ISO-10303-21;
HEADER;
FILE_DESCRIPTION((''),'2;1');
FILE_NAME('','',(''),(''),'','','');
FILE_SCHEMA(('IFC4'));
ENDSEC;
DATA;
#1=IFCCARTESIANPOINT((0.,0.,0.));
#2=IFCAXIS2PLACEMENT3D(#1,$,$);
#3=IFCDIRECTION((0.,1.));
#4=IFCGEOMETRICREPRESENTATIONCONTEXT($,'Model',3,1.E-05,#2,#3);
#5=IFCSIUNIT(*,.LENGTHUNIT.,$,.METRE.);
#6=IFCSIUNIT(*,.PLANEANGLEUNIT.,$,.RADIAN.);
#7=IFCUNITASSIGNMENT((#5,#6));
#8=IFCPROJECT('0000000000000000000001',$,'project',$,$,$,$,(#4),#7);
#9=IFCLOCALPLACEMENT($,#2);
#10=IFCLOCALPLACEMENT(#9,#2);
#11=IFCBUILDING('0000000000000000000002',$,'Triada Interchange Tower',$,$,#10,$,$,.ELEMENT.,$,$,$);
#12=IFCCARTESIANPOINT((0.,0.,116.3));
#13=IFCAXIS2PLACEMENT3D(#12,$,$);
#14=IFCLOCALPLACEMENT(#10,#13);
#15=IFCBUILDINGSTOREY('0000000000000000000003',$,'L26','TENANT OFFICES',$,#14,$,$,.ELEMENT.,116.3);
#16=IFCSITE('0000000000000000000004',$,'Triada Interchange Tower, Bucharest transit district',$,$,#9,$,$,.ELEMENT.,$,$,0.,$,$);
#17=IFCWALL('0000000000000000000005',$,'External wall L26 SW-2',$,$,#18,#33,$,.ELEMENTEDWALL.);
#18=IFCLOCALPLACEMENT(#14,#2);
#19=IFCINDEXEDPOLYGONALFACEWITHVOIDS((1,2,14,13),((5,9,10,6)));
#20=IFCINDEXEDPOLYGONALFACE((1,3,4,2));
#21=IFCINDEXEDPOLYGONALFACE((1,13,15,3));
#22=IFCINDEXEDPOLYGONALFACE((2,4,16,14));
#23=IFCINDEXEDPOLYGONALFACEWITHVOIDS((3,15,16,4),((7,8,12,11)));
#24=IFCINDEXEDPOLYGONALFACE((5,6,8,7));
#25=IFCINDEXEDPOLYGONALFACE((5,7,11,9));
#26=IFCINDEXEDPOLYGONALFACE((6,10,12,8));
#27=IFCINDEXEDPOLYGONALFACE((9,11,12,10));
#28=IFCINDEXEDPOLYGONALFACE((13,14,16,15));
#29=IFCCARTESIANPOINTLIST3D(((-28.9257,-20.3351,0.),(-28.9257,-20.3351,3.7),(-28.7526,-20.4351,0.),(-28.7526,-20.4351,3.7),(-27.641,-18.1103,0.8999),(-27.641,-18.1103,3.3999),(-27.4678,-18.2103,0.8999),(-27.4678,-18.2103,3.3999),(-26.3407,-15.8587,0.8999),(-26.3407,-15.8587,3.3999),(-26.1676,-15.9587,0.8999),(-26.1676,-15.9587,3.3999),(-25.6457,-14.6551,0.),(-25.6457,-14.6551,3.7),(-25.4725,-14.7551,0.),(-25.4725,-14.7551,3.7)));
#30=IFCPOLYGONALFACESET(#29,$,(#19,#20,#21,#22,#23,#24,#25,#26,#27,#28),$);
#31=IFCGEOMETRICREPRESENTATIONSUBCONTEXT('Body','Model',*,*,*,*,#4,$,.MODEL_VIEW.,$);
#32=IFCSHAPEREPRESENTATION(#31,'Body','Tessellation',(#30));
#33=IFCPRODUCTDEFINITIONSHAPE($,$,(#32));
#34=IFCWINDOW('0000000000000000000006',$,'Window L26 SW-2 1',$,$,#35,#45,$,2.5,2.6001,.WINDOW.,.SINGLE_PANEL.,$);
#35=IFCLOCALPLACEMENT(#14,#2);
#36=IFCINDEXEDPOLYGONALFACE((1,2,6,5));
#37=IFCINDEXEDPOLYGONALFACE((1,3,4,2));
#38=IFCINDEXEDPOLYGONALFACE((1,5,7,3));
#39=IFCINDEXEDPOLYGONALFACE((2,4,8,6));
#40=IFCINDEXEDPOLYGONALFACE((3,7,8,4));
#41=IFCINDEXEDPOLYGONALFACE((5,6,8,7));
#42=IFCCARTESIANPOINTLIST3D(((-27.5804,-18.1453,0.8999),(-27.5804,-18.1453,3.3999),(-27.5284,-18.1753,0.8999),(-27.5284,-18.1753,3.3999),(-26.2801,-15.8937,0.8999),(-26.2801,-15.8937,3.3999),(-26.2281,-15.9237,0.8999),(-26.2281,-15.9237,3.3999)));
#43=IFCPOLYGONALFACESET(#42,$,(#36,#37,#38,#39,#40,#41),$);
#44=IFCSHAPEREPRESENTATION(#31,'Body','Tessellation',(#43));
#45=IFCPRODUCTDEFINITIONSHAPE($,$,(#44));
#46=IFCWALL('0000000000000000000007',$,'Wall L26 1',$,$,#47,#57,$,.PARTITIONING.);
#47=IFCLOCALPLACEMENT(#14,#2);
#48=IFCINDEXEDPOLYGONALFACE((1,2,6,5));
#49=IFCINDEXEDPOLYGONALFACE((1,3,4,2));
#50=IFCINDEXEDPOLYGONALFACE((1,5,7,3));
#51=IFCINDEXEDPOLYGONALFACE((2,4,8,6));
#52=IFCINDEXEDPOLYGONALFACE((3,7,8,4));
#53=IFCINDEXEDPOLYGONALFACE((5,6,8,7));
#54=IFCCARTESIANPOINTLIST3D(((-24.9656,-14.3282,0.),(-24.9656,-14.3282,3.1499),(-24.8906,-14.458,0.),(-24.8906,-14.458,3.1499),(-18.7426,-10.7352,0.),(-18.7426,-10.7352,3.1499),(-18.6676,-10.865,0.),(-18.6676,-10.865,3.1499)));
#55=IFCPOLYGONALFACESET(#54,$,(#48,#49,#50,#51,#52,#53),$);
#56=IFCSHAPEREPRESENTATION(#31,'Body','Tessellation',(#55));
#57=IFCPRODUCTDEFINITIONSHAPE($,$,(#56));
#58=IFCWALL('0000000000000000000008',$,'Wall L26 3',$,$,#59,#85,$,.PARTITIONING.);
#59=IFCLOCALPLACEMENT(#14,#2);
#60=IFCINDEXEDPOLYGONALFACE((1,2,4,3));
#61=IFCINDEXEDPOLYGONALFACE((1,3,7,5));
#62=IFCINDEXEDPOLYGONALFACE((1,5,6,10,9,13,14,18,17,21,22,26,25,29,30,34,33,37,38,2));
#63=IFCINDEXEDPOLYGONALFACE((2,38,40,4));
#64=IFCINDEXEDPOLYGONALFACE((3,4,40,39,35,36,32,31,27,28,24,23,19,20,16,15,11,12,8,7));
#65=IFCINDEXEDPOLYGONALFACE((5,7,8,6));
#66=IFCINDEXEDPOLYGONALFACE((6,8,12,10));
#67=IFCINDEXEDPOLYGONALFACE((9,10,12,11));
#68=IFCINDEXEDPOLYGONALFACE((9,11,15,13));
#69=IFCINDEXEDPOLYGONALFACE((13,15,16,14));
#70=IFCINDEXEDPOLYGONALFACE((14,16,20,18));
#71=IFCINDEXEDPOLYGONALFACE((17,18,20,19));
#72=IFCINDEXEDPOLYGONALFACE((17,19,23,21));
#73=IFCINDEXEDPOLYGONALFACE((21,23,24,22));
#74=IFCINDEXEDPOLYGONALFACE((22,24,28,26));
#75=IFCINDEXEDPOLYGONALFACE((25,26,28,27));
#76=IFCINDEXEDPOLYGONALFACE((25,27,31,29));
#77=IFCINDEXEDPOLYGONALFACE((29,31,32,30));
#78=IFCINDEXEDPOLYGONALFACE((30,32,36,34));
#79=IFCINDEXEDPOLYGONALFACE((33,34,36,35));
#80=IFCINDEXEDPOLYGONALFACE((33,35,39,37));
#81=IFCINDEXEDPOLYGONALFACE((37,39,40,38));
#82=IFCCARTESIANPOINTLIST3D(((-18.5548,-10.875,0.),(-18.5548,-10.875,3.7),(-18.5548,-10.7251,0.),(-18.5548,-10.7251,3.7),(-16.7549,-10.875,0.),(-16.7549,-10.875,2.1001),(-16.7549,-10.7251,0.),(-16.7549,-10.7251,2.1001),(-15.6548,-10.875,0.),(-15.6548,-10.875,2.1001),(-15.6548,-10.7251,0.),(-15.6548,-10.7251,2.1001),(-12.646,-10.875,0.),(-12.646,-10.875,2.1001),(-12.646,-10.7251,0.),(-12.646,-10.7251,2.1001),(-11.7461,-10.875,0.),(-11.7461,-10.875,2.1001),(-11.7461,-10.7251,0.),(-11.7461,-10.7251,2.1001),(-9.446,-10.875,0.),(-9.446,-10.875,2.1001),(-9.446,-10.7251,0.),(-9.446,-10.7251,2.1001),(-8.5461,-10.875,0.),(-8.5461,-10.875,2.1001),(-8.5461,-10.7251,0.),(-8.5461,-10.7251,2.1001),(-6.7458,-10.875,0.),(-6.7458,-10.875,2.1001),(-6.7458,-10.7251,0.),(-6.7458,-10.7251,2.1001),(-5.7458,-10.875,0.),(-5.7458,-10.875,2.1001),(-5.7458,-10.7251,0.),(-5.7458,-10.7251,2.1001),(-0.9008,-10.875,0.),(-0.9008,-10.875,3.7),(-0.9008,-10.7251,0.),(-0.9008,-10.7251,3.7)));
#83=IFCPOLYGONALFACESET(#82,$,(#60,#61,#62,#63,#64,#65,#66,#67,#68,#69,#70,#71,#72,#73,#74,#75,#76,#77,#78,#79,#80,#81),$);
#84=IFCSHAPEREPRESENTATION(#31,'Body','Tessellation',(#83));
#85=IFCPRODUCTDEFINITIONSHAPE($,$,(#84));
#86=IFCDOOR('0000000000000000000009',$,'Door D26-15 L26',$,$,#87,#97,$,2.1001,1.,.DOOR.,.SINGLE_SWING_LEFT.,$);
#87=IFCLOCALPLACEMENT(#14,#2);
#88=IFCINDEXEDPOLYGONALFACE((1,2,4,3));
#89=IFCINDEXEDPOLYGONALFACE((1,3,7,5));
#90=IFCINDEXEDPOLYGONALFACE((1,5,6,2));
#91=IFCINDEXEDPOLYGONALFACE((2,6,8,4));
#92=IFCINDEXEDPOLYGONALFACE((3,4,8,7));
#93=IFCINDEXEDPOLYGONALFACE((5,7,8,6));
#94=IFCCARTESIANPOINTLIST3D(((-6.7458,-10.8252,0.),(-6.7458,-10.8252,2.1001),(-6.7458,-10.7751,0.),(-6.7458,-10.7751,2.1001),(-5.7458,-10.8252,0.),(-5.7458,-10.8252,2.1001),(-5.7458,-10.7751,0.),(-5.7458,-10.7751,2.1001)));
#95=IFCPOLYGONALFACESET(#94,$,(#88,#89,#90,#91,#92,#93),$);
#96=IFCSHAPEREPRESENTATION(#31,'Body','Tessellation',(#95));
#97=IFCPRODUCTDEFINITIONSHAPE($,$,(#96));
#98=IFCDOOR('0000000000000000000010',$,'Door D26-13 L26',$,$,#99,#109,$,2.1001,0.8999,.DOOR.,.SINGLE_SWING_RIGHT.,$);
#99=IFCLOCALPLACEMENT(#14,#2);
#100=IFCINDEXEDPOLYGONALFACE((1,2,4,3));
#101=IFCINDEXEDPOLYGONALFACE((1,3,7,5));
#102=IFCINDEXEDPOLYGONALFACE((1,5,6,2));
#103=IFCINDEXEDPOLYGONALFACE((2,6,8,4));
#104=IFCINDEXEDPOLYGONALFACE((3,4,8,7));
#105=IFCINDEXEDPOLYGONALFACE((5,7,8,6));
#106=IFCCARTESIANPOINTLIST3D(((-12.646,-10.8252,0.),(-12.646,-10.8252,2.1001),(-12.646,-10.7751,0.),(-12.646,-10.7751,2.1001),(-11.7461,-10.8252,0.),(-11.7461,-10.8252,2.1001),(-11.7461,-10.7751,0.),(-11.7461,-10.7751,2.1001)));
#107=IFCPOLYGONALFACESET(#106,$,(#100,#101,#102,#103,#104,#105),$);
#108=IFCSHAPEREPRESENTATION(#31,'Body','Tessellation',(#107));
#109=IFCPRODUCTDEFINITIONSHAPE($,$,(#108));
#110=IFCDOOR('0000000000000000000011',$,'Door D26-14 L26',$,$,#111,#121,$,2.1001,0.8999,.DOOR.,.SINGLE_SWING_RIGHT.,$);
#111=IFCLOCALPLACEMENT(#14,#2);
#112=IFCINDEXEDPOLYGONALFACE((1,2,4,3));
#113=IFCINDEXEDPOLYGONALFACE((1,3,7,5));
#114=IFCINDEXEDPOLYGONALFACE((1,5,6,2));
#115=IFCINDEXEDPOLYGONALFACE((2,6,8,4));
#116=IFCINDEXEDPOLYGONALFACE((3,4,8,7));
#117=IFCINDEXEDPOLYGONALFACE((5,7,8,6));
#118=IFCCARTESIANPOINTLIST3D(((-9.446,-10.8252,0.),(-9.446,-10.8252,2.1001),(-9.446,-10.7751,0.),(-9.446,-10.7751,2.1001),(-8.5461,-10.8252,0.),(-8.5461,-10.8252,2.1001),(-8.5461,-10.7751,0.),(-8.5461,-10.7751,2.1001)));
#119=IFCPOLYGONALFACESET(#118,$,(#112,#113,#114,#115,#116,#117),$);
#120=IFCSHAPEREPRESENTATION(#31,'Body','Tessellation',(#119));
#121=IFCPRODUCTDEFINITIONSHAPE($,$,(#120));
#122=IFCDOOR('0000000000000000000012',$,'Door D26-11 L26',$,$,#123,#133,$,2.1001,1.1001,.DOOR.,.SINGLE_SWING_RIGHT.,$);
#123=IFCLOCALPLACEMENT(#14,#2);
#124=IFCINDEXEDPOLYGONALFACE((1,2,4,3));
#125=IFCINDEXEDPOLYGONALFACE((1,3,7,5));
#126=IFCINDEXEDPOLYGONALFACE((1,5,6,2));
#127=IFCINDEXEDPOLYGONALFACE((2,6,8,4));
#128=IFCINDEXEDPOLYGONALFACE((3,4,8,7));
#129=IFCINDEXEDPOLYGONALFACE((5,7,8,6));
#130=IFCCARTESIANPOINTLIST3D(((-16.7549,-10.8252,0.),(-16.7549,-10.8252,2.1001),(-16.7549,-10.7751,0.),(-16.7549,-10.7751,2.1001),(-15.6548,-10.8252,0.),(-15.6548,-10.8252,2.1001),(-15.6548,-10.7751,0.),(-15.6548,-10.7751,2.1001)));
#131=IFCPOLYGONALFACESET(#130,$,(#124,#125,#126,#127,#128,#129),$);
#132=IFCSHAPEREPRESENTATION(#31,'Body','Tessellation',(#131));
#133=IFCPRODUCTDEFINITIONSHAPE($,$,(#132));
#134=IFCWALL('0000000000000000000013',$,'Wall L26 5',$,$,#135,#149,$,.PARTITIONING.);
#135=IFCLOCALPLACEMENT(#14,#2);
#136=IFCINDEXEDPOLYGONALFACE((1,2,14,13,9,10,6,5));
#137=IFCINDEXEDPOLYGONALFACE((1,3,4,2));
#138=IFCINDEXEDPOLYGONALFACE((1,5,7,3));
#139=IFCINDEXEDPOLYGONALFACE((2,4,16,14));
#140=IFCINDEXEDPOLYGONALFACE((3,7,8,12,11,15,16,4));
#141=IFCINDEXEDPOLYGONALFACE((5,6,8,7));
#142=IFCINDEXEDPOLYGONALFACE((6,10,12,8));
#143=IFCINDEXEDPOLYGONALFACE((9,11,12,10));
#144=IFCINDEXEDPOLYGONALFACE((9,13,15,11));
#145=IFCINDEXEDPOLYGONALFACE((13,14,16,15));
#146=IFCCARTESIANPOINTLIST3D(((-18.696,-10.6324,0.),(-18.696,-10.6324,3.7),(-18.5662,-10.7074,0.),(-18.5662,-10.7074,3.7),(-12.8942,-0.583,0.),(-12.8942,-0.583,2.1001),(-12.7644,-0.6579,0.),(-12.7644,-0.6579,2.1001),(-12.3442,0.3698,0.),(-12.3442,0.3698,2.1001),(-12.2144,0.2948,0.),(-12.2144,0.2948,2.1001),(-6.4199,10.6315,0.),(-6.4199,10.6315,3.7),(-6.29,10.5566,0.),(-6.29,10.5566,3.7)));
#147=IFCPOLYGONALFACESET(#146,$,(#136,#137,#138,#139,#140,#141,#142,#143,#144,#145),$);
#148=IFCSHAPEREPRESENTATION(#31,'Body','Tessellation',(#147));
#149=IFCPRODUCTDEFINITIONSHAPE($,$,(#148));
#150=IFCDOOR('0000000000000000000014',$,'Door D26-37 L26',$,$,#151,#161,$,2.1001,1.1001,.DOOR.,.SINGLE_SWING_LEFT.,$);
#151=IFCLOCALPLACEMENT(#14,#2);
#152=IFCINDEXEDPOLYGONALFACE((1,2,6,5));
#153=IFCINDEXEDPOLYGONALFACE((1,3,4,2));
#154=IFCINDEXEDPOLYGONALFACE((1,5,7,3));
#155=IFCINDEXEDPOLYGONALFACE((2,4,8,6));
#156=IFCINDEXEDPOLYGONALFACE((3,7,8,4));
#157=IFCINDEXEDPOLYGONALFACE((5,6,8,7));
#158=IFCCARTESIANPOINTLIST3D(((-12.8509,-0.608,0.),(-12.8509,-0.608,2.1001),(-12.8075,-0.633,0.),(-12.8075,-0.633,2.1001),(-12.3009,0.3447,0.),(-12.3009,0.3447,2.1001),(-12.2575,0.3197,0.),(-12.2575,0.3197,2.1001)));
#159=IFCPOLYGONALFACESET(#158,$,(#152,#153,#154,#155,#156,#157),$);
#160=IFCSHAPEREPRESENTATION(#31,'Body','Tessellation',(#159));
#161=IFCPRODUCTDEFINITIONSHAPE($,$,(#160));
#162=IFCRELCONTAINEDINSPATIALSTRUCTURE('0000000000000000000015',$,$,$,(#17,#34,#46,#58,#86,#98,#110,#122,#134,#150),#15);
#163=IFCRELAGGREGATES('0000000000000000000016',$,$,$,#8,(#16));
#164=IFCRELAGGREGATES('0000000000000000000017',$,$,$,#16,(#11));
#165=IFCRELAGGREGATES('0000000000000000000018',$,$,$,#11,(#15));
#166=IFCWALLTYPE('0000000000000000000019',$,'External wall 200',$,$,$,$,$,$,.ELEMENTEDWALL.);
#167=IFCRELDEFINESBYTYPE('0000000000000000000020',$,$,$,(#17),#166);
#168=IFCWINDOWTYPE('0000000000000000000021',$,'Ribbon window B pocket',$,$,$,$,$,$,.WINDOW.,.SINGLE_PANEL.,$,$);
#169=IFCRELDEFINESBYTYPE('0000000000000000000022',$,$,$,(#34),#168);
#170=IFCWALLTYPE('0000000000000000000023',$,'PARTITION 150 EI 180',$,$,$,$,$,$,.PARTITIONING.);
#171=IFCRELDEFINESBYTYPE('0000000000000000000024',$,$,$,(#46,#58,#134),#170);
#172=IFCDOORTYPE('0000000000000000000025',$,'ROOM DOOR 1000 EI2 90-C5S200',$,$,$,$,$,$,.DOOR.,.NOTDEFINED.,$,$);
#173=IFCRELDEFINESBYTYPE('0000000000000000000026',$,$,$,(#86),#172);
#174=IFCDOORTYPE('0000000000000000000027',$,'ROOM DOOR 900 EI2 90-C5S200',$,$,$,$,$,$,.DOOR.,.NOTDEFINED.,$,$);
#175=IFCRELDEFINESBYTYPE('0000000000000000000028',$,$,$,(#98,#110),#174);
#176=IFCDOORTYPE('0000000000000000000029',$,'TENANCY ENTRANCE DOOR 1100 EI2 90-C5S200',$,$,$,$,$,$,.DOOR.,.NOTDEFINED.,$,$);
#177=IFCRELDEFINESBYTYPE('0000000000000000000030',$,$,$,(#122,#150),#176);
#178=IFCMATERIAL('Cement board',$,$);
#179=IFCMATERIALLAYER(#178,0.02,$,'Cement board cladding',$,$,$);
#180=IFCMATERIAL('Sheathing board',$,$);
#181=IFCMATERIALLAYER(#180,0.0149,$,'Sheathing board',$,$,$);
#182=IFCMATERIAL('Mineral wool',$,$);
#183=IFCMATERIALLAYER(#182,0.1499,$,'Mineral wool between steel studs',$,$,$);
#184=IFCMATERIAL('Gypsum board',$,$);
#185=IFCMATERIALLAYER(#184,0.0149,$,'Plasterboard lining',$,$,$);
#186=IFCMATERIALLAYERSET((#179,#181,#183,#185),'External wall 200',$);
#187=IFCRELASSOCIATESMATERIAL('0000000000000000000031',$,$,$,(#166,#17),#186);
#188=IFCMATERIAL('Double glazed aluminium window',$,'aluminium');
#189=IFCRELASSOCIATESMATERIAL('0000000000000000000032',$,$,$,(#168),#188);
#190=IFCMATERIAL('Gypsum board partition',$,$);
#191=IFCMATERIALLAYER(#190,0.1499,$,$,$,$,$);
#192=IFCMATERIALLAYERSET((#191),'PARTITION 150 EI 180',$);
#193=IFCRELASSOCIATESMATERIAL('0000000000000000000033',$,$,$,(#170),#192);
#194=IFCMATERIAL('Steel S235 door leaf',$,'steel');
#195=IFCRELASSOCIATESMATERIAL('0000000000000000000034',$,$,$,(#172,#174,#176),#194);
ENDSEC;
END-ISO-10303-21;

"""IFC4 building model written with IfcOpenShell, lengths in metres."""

from ifc_helpers import new_model, si_unit, direction, frame, frame_2d, origin, place, context, subcontext, project, spatial, rectangle, extrude, material, layer, layer_set, layer_usage, type_object, element, fill, save


model = new_model("IFC4")

# Units and contexts
model_context = context("Model", 3, precision=1e-05, world=origin(), true_north=direction((0.0, 1.0)))
body_context = subcontext(model_context, "Body", "Model", "MODEL_VIEW")
ifc_project = project(units=[si_unit("LENGTHUNIT", "METRE"), si_unit("PLANEANGLEUNIT", "RADIAN")], contexts=[model_context])

# Site, building, storey
site_placement = place(None, origin())
site = spatial("IfcSite", under=ifc_project, at=site_placement, Name="Triada Interchange Tower, Bucharest transit district", CompositionType="ELEMENT", RefElevation=0.0)
building_placement = place(site_placement, origin())
building = spatial("IfcBuilding", under=site, at=building_placement, Name="Triada Interchange Tower", CompositionType="ELEMENT")
storey_placement = place(building_placement, frame((0.0, 0.0, 116.3)))
storey = spatial("IfcBuildingStorey", under=building, at=storey_placement, Name="L26", Description="TENANT OFFICES", CompositionType="ELEMENT", Elevation=116.3)

# Wall, opening, window
ifc_material_1 = material(Name="Cement board")
ifc_layer_1 = layer(ifc_material_1, 0.02, Name="Cement board cladding")
ifc_material_2 = material(Name="Sheathing board")
ifc_layer_2 = layer(ifc_material_2, 0.0149, Name="Sheathing board")
ifc_material_3 = material(Name="Mineral wool")
ifc_layer_3 = layer(ifc_material_3, 0.1499, Name="Mineral wool between steel studs")
ifc_material_4 = material(Name="Gypsum board")
ifc_layer_4 = layer(ifc_material_4, 0.0149, Name="Plasterboard lining")
ifc_layer_set_1 = layer_set([ifc_layer_1, ifc_layer_2, ifc_layer_3, ifc_layer_4], Name="External wall 200")
ifc_layer_usage = layer_usage(ifc_layer_set_1, "AXIS2", "POSITIVE", -0.1001)
wall_type_1 = type_object("IfcWallType", Name="External wall 200", PredefinedType="ELEMENTEDWALL", material=ifc_layer_set_1)
wall_1_placement = place(storey_placement, frame((-25.5591, -14.7051, 0.0), z_axis=(0.0, 0.0, 1.0), x_axis=(-0.500082, -0.865978, 0.0)))
wall_1 = element("IfcWall", 1, at=wall_1_placement, inside=storey, type_object=wall_type_1, material=ifc_layer_usage, Name="External wall L26 SW-2", PredefinedType="ELEMENTEDWALL", context=body_context, shape_type="SweptSolid", body=[
    extrude(rectangle(XDim=6.5591, YDim=0.2, at=frame_2d((3.2795, 0.0))), origin(), (0.0, 0.0, 1.0), 3.7),
])
opening_1_placement = place(wall_1_placement, frame((1.3899, 0.0, 0.8999)))
opening_1 = element("IfcOpeningElement", 2, at=opening_1_placement, cuts=wall_1, PredefinedType="OPENING", context=body_context, shape_type="SweptSolid", body=[
    extrude(rectangle(XDim=2.6001, YDim=2.5, at=frame_2d((1.3, 1.25))), frame((0.0, 0.1099, 0.0), z_axis=(0.0, -1.0, 0.0), x_axis=(1.0, 0.0, 0.0)), (0.0, 0.0, 1.0), 0.22),
])
ifc_material_5 = material(Name="Double glazed aluminium window", Category="aluminium")
window_type = type_object("IfcWindowType", Name="Ribbon window B pocket", PartitioningType="SINGLE_PANEL", PredefinedType="WINDOW", material=ifc_material_5)
window_placement = place(opening_1_placement, origin())
window = element("IfcWindow", 3, at=window_placement, inside=storey, type_object=window_type, Name="Window L26 SW-2 1", OverallHeight=2.5, OverallWidth=2.6001, PartitioningType="SINGLE_PANEL", PredefinedType="WINDOW", context=body_context, shape_type="SweptSolid", body=[
    extrude(rectangle(XDim=2.6001, YDim=2.5, at=frame_2d((1.3, 1.25))), frame((0.0, 0.03, 0.0), z_axis=(0.0, -1.0, 0.0), x_axis=(1.0, 0.0, 0.0)), (0.0, 0.0, 1.0), 0.0601),
])
fill(opening_1, window)

# Wall
ifc_material_6 = material(Name="Gypsum board partition")
ifc_layer_5 = layer(ifc_material_6, 0.1499)
ifc_layer_set_2 = layer_set([ifc_layer_5], Name="PARTITION 150 EI 180")
wall_type_2 = type_object("IfcWallType", Name="PARTITION 150 EI 180", PredefinedType="PARTITIONING", material=ifc_layer_set_2)
wall_2_placement = place(storey_placement, frame((-24.928, -14.3931, 0.0), z_axis=(0.0, 0.0, 1.0), x_axis=(0.866012, 0.500023, 0.0)))
element("IfcWall", 4, at=wall_2_placement, inside=storey, type_object=wall_type_2, Name="Wall L26 1", PredefinedType="PARTITIONING", context=body_context, shape_type="SweptSolid", body=[
    extrude(rectangle(XDim=7.1858, YDim=0.1499, at=frame_2d((3.5928, 0.0))), origin(), (0.0, 0.0, 1.0), 3.1499),
])

# Wall, openings, doors
wall_3_placement = place(storey_placement, frame((-18.5549, -10.8, 0.0), z_axis=(0.0, 0.0, 1.0), x_axis=(1.0, 0.0, 0.0)))
wall_3 = element("IfcWall", 5, at=wall_3_placement, inside=storey, type_object=wall_type_2, Name="Wall L26 3", PredefinedType="PARTITIONING", context=body_context, shape_type="SweptSolid", body=[
    extrude(rectangle(XDim=17.6541, YDim=0.1499, at=frame_2d((8.8271, 0.0))), origin(), (0.0, 0.0, 1.0), 3.7),
])
opening_2_placement = place(wall_3_placement, frame((1.8, 0.0, 0.0)))
opening_2 = element("IfcOpeningElement", 6, at=opening_2_placement, cuts=wall_3, PredefinedType="OPENING", context=body_context, shape_type="SweptSolid", body=[
    extrude(rectangle(XDim=1.1001, YDim=2.1001, at=frame_2d((0.55, 1.05))), frame((0.0, 0.085, 0.0), z_axis=(0.0, -1.0, 0.0), x_axis=(1.0, 0.0, 0.0)), (0.0, 0.0, 1.0), 0.1699),
])
opening_3_placement = place(wall_3_placement, frame((5.9089, 0.0, 0.0)))
opening_3 = element("IfcOpeningElement", 7, at=opening_3_placement, cuts=wall_3, PredefinedType="OPENING", context=body_context, shape_type="SweptSolid", body=[
    extrude(rectangle(XDim=0.8999, YDim=2.1001, at=frame_2d((0.45, 1.05))), frame((0.0, 0.085, 0.0), z_axis=(0.0, -1.0, 0.0), x_axis=(1.0, 0.0, 0.0)), (0.0, 0.0, 1.0), 0.1699),
])
opening_4_placement = place(wall_3_placement, frame((9.1089, 0.0, 0.0)))
opening_4 = element("IfcOpeningElement", 8, at=opening_4_placement, cuts=wall_3, PredefinedType="OPENING", context=body_context, shape_type="SweptSolid", body=[
    extrude(rectangle(XDim=0.8999, YDim=2.1001, at=frame_2d((0.45, 1.05))), frame((0.0, 0.085, 0.0), z_axis=(0.0, -1.0, 0.0), x_axis=(1.0, 0.0, 0.0)), (0.0, 0.0, 1.0), 0.1699),
])
opening_5_placement = place(wall_3_placement, frame((11.8091, 0.0, 0.0)))
opening_5 = element("IfcOpeningElement", 9, at=opening_5_placement, cuts=wall_3, PredefinedType="OPENING", context=body_context, shape_type="SweptSolid", body=[
    extrude(rectangle(XDim=1.0, YDim=2.1001, at=frame_2d((0.5, 1.05))), frame((0.0, 0.085, 0.0), z_axis=(0.0, -1.0, 0.0), x_axis=(1.0, 0.0, 0.0)), (0.0, 0.0, 1.0), 0.1699),
])
ifc_material_7 = material(Name="Steel S235 door leaf", Category="steel")
door_type_1 = type_object("IfcDoorType", Name="ROOM DOOR 1000 EI2 90-C5S200", OperationType="NOTDEFINED", PredefinedType="DOOR", material=ifc_material_7)
door_1_placement = place(opening_5_placement, origin())
door_1 = element("IfcDoor", 10, at=door_1_placement, inside=storey, type_object=door_type_1, Name="Door D26-15 L26", OperationType="SINGLE_SWING_LEFT", OverallHeight=2.1001, OverallWidth=1.0, PredefinedType="DOOR", context=body_context, shape_type="SweptSolid", body=[
    extrude(rectangle(XDim=1.0, YDim=2.1001, at=frame_2d((0.5, 1.05))), frame((0.0, 0.0249, 0.0), z_axis=(0.0, -1.0, 0.0), x_axis=(1.0, 0.0, 0.0)), (0.0, 0.0, 1.0), 0.05),
])
fill(opening_5, door_1)
door_type_2 = type_object("IfcDoorType", Name="ROOM DOOR 900 EI2 90-C5S200", OperationType="NOTDEFINED", PredefinedType="DOOR", material=ifc_material_7)
door_2_placement = place(opening_3_placement, origin())
door_2 = element("IfcDoor", 11, at=door_2_placement, inside=storey, type_object=door_type_2, Name="Door D26-13 L26", OperationType="SINGLE_SWING_RIGHT", OverallHeight=2.1001, OverallWidth=0.8999, PredefinedType="DOOR", context=body_context, shape_type="SweptSolid", body=[
    extrude(rectangle(XDim=0.8999, YDim=2.1001, at=frame_2d((0.45, 1.05))), frame((0.0, 0.0249, 0.0), z_axis=(0.0, -1.0, 0.0), x_axis=(1.0, 0.0, 0.0)), (0.0, 0.0, 1.0), 0.05),
])
fill(opening_3, door_2)
door_3_placement = place(opening_4_placement, origin())
door_3 = element("IfcDoor", 12, at=door_3_placement, inside=storey, type_object=door_type_2, Name="Door D26-14 L26", OperationType="SINGLE_SWING_RIGHT", OverallHeight=2.1001, OverallWidth=0.8999, PredefinedType="DOOR", context=body_context, shape_type="SweptSolid", body=[
    extrude(rectangle(XDim=0.8999, YDim=2.1001, at=frame_2d((0.45, 1.05))), frame((0.0, 0.0249, 0.0), z_axis=(0.0, -1.0, 0.0), x_axis=(1.0, 0.0, 0.0)), (0.0, 0.0, 1.0), 0.05),
])
fill(opening_4, door_3)
door_type_3 = type_object("IfcDoorType", Name="TENANCY ENTRANCE DOOR 1100 EI2 90-C5S200", OperationType="NOTDEFINED", PredefinedType="DOOR", material=ifc_material_7)
door_4_placement = place(opening_2_placement, origin())
door_4 = element("IfcDoor", 13, at=door_4_placement, inside=storey, type_object=door_type_3, Name="Door D26-11 L26", OperationType="SINGLE_SWING_RIGHT", OverallHeight=2.1001, OverallWidth=1.1001, PredefinedType="DOOR", context=body_context, shape_type="SweptSolid", body=[
    extrude(rectangle(XDim=1.1001, YDim=2.1001, at=frame_2d((0.55, 1.05))), frame((0.0, 0.0249, 0.0), z_axis=(0.0, -1.0, 0.0), x_axis=(1.0, 0.0, 0.0)), (0.0, 0.0, 1.0), 0.05),
])
fill(opening_2, door_4)

# Wall, opening, door
wall_4_placement = place(storey_placement, frame((-18.6311, -10.6699, 0.0), z_axis=(0.0, 0.0, 1.0), x_axis=(0.499982, 0.866036, 0.0)))
wall_4 = element("IfcWall", 14, at=wall_4_placement, inside=storey, type_object=wall_type_2, Name="Wall L26 5", PredefinedType="PARTITIONING", context=body_context, shape_type="SweptSolid", body=[
    extrude(rectangle(XDim=24.5532, YDim=0.1499, at=frame_2d((12.2766, 0.0))), origin(), (0.0, 0.0, 1.0), 3.7),
])
opening_6_placement = place(wall_4_placement, frame((11.604, 0.0, 0.0)))
opening_6 = element("IfcOpeningElement", 15, at=opening_6_placement, cuts=wall_4, PredefinedType="OPENING", context=body_context, shape_type="SweptSolid", body=[
    extrude(rectangle(XDim=1.1001, YDim=2.1001, at=frame_2d((0.55, 1.05))), frame((0.0, 0.085, 0.0), z_axis=(0.0, -1.0, 0.0), x_axis=(1.0, 0.0, 0.0)), (0.0, 0.0, 1.0), 0.1699),
])
door_5_placement = place(opening_6_placement, origin())
door_5 = element("IfcDoor", 16, at=door_5_placement, inside=storey, type_object=door_type_3, Name="Door D26-37 L26", OperationType="SINGLE_SWING_LEFT", OverallHeight=2.1001, OverallWidth=1.1001, PredefinedType="DOOR", context=body_context, shape_type="SweptSolid", body=[
    extrude(rectangle(XDim=1.1001, YDim=2.1001, at=frame_2d((0.55, 1.05))), frame((0.0, 0.0249, 0.0), z_axis=(0.0, -1.0, 0.0), x_axis=(1.0, 0.0, 0.0)), (0.0, 0.0, 1.0), 0.05),
])
fill(opening_6, door_5)

save(model, "model.ifc")
